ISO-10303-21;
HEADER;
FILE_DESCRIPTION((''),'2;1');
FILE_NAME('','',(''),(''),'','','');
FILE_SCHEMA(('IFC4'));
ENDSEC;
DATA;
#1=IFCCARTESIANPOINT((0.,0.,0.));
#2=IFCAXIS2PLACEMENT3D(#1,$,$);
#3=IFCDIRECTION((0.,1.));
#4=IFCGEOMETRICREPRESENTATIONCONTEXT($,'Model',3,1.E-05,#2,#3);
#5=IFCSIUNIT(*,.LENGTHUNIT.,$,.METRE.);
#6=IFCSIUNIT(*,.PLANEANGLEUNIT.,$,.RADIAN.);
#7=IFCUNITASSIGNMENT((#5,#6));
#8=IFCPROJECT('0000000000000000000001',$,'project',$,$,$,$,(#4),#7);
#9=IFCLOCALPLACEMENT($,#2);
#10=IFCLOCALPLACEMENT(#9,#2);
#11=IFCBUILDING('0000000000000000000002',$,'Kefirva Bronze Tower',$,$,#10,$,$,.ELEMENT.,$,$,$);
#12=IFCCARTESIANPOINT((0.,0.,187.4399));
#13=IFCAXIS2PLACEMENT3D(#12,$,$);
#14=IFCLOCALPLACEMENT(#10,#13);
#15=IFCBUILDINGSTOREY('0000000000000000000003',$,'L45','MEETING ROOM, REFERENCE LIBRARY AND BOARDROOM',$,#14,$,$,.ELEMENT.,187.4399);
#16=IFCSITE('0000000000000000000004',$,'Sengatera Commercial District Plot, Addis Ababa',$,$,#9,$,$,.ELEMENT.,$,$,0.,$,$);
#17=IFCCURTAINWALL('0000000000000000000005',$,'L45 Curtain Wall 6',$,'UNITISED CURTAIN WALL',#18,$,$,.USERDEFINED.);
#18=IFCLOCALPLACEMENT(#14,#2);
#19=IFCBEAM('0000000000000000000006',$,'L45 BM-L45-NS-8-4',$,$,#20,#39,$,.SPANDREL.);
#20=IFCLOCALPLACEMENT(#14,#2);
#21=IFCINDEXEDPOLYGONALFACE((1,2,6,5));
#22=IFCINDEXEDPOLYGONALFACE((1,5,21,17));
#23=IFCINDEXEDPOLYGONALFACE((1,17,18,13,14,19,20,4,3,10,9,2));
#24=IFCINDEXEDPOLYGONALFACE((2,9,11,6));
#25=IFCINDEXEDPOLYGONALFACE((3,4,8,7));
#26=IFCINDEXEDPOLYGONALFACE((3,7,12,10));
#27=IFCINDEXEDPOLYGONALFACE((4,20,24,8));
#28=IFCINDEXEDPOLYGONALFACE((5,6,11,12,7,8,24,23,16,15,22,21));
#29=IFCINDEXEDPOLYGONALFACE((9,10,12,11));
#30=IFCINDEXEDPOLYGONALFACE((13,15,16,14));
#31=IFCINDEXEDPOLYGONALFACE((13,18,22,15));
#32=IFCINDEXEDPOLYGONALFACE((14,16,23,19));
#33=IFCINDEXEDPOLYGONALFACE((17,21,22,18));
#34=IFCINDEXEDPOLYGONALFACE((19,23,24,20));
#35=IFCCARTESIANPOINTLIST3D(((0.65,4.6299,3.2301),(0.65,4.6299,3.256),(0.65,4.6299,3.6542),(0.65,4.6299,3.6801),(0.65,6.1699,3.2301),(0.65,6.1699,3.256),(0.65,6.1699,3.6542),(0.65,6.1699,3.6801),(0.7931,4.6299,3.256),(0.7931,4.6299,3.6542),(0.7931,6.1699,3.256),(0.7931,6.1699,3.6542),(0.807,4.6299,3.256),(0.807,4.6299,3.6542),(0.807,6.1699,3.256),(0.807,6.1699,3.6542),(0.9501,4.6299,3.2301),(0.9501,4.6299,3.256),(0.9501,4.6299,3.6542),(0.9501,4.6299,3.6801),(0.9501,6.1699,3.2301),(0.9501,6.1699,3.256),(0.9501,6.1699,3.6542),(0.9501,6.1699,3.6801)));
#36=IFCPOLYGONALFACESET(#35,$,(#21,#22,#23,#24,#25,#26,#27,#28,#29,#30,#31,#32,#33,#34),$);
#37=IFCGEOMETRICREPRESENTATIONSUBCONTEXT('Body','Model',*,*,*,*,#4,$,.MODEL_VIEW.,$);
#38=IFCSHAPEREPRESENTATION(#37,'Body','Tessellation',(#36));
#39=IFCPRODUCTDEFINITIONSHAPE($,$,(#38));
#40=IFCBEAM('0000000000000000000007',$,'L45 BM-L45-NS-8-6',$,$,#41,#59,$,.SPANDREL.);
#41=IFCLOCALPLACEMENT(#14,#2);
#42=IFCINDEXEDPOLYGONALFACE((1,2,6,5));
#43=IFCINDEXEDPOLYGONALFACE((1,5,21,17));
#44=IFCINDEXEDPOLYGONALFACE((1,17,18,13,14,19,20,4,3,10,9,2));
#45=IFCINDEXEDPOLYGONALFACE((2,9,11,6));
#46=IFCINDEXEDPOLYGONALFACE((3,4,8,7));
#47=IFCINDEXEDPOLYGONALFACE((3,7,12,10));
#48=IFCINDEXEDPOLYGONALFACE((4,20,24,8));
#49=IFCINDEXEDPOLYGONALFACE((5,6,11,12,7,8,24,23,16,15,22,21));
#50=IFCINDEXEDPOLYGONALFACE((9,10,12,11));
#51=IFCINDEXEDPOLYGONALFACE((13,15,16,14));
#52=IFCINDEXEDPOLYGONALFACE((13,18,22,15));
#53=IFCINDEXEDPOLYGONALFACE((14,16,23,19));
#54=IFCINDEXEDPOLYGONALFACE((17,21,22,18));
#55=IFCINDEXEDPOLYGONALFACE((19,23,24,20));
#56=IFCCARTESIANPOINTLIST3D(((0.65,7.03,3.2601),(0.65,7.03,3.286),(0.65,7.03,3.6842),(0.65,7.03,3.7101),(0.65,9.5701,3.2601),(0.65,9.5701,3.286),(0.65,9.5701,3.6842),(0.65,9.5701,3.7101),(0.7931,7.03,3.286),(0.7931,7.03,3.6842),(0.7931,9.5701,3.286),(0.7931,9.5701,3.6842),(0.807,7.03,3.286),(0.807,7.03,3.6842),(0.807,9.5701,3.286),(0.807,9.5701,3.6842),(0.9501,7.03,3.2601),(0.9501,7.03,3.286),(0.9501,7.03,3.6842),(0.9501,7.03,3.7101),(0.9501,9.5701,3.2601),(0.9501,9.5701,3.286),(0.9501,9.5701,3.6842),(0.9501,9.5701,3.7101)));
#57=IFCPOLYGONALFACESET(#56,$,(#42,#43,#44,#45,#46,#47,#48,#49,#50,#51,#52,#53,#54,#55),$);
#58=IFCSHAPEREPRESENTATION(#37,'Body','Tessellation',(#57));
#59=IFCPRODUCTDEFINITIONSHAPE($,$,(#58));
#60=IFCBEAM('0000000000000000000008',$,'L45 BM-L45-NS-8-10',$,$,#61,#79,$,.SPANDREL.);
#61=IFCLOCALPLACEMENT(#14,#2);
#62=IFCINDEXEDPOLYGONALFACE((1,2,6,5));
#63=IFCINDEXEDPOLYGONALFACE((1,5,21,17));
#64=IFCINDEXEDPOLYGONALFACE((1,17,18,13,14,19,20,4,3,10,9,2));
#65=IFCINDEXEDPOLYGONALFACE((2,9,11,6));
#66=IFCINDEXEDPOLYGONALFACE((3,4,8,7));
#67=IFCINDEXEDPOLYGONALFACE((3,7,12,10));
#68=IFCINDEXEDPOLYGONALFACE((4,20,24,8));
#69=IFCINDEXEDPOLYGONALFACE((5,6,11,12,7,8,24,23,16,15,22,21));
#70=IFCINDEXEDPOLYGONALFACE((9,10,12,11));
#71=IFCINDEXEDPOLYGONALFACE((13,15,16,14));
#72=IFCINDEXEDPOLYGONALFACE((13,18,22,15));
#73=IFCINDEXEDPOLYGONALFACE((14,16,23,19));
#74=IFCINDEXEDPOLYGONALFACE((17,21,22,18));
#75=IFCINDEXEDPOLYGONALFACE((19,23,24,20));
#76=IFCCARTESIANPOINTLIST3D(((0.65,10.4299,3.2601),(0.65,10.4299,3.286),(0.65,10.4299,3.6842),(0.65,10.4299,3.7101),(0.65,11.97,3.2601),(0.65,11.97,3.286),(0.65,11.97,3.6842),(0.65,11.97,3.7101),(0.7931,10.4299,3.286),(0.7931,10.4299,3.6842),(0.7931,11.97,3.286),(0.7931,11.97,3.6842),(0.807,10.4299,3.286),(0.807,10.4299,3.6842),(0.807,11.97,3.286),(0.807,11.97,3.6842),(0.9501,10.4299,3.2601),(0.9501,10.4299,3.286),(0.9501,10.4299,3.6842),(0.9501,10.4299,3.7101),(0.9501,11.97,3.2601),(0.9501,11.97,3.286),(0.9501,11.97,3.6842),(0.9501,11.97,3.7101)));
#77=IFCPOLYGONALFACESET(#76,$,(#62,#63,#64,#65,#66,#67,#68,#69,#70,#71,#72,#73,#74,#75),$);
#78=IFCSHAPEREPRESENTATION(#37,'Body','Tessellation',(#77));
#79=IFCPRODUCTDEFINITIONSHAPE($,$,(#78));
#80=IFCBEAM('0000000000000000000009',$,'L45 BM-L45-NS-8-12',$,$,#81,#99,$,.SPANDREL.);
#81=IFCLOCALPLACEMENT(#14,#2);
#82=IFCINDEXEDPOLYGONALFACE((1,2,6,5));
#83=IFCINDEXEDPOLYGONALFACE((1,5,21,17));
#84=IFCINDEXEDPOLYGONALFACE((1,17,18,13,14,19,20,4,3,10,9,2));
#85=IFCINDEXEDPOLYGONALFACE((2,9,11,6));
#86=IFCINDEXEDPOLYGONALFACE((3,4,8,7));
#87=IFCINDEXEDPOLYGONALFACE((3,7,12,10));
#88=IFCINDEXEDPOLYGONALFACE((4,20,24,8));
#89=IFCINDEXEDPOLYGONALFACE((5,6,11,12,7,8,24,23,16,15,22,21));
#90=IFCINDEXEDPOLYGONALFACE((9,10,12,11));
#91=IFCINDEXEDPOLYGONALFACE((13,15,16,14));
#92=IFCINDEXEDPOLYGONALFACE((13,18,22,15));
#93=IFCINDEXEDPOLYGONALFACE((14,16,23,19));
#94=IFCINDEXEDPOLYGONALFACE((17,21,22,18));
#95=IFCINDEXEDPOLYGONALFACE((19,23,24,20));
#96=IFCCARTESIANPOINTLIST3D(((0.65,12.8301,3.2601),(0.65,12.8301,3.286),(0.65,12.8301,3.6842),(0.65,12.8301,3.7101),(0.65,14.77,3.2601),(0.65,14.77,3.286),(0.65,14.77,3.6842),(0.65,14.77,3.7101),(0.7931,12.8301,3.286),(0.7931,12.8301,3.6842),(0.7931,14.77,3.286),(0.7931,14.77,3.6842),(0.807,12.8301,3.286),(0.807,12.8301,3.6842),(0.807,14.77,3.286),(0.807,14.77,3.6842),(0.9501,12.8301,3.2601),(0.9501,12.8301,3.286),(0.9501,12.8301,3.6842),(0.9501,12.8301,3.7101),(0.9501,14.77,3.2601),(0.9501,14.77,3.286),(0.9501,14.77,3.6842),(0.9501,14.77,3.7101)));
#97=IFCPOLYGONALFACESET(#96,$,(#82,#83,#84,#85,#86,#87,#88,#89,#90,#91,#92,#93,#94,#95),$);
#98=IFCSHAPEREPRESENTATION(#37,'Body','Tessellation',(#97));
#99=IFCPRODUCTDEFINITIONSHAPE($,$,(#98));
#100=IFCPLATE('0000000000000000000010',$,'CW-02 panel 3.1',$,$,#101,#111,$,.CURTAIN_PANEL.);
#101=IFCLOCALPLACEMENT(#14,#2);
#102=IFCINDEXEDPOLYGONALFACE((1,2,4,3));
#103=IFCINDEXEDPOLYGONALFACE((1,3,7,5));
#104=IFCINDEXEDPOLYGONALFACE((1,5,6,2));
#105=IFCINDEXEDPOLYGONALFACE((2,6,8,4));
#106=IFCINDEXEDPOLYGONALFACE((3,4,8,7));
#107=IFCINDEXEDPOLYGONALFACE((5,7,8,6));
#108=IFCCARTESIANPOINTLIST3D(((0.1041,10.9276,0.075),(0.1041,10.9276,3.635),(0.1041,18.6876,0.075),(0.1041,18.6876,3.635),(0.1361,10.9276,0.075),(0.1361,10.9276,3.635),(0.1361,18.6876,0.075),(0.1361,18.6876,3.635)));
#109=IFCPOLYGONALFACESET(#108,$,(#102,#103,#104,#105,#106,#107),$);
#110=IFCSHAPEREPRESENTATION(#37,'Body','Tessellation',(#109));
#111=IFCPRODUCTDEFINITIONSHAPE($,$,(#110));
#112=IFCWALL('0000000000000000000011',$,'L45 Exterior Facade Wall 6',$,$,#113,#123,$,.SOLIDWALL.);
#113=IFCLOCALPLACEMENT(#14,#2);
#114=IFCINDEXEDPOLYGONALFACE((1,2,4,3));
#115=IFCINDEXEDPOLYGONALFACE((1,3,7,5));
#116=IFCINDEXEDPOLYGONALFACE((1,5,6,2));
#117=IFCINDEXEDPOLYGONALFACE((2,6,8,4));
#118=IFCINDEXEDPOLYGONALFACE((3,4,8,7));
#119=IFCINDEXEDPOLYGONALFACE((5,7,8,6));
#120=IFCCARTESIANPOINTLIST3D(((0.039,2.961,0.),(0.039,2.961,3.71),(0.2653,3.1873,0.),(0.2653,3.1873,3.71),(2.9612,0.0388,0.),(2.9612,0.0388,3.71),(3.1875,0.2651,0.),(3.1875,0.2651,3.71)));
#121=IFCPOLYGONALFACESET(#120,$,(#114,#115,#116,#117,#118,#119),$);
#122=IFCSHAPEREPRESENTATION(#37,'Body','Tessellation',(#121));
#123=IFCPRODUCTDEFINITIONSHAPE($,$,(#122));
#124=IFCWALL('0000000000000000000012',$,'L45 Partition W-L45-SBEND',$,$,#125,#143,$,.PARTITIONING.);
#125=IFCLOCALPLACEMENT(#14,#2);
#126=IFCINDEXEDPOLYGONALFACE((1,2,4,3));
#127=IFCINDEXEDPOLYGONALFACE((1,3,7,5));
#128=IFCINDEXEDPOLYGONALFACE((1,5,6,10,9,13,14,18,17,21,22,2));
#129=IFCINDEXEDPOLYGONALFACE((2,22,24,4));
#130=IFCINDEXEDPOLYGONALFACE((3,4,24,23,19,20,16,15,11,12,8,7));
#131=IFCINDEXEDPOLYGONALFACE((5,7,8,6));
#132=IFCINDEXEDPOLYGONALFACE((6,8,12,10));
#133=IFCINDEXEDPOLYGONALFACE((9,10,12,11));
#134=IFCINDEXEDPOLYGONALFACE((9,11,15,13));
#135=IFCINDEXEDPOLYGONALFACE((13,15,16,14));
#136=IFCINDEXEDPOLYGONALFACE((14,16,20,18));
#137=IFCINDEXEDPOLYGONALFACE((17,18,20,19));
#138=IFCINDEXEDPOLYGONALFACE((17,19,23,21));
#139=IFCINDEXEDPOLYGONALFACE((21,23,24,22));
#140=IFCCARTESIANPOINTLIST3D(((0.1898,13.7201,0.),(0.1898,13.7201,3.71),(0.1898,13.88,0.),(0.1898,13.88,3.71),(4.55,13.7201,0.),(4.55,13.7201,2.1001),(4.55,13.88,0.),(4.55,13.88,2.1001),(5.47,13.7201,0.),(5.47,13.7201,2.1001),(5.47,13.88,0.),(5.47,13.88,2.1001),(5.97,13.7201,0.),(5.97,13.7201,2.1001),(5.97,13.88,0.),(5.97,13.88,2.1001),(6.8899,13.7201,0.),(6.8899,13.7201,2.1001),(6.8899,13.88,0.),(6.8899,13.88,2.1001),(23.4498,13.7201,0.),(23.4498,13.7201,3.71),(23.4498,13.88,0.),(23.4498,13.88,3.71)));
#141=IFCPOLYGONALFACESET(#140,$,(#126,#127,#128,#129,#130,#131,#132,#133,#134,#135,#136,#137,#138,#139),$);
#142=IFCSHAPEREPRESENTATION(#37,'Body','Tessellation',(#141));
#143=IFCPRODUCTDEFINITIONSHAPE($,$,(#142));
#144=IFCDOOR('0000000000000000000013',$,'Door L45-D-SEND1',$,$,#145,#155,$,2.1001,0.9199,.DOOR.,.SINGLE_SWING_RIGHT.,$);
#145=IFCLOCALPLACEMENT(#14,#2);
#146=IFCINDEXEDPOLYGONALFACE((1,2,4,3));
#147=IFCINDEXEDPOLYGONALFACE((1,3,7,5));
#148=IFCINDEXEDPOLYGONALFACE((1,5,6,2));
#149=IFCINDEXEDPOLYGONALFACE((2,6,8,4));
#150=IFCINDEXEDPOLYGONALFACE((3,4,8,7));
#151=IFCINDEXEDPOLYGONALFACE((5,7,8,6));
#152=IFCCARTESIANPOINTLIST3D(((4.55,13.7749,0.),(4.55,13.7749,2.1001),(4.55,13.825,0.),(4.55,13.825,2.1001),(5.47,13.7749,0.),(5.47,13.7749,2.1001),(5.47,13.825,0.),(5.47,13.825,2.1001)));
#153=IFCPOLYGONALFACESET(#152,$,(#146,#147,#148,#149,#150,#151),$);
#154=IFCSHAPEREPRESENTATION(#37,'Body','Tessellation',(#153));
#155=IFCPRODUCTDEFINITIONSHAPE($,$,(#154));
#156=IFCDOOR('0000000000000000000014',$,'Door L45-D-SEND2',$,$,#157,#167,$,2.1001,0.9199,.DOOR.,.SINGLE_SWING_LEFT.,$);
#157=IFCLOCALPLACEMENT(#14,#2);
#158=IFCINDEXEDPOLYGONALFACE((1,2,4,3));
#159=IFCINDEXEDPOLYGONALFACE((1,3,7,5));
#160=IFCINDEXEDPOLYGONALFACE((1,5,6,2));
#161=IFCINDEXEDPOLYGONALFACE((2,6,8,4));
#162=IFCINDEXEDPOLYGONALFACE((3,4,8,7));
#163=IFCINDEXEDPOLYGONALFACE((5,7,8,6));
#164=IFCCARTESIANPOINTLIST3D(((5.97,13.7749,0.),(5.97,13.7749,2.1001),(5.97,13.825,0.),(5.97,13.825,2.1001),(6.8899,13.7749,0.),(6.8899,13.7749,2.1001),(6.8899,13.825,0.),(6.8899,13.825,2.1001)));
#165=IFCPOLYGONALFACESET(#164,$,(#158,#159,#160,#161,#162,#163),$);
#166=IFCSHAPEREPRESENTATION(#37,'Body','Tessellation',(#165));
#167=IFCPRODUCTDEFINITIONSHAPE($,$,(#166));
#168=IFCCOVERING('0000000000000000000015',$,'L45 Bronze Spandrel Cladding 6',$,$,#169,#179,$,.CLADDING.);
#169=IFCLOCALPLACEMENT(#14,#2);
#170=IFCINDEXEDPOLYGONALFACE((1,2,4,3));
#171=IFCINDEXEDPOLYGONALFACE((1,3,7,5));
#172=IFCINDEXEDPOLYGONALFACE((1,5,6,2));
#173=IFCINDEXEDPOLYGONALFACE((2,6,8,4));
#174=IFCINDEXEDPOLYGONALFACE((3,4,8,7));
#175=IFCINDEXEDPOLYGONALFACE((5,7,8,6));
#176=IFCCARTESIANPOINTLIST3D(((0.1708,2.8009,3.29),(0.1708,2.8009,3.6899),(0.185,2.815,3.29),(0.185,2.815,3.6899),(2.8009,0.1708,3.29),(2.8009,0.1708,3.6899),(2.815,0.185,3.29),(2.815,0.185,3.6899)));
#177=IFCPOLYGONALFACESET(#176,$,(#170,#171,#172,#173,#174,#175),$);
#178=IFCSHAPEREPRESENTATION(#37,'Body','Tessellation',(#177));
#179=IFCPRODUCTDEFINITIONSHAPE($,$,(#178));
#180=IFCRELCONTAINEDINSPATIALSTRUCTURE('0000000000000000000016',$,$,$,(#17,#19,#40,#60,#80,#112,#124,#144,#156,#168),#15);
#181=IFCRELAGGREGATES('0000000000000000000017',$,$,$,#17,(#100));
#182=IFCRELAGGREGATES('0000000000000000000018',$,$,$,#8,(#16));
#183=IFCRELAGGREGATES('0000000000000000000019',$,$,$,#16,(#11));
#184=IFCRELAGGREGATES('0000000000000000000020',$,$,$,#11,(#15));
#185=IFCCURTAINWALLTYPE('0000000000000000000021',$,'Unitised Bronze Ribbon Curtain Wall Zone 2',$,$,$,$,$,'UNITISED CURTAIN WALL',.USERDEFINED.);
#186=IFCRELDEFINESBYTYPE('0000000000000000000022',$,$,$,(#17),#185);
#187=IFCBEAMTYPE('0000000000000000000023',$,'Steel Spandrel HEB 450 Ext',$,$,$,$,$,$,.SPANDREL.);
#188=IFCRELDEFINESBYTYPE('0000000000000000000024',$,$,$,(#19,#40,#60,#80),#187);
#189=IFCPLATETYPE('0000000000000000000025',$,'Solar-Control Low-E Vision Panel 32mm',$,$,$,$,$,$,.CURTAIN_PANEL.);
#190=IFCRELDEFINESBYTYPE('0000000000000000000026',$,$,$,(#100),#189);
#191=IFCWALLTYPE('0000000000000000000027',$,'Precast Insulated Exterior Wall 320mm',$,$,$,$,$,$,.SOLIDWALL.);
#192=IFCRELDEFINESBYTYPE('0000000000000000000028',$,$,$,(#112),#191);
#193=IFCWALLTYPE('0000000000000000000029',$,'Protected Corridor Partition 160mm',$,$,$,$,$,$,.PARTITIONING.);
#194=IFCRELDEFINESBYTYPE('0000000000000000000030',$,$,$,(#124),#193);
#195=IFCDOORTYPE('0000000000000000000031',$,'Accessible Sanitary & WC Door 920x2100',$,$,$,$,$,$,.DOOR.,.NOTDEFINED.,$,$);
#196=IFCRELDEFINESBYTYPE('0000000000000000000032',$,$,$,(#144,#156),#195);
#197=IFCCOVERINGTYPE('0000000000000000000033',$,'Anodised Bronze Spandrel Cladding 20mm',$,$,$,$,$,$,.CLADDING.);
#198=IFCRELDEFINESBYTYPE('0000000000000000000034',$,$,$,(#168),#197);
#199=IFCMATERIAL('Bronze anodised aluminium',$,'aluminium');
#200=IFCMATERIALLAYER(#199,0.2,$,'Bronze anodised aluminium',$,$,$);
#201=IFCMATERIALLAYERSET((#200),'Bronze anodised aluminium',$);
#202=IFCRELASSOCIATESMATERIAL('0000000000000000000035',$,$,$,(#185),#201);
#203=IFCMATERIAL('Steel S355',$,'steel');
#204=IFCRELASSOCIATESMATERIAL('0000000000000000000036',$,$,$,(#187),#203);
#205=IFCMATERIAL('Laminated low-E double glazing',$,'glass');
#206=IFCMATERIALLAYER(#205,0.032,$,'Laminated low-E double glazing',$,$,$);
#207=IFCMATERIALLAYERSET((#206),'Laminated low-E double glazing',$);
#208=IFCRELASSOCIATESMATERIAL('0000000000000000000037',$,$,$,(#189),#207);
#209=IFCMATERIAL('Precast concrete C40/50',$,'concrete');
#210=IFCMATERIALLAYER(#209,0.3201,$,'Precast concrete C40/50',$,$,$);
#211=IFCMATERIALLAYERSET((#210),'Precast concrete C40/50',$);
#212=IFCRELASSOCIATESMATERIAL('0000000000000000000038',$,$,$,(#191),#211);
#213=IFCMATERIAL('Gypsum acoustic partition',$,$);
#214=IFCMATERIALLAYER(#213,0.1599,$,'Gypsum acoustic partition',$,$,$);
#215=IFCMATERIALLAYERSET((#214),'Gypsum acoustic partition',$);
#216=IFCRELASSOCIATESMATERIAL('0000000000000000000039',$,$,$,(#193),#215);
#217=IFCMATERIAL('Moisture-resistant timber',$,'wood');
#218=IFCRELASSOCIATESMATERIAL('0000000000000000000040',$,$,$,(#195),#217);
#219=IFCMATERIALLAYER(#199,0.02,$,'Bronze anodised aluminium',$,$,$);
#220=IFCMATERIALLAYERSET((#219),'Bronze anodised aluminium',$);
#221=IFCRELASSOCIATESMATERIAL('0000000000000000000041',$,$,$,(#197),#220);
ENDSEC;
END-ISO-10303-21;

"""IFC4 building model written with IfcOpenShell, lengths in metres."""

from ifc_helpers import new_model, si_unit, direction, frame, frame_2d, origin, origin_2d, place, context, subcontext, project, spatial, rectangle, i_section, extrude, material, layer, layer_set, material_profile, profile_set, type_object, element, fill, aggregate, save


model = new_model("IFC4")

# Units and contexts
model_context = context("Model", 3, precision=1e-05, world=origin(), true_north=direction((0.0, 1.0)))
body_context = subcontext(model_context, "Body", "Model", "MODEL_VIEW")
ifc_project = project(units=[si_unit("LENGTHUNIT", "METRE"), si_unit("PLANEANGLEUNIT", "RADIAN")], contexts=[model_context])

# Site, building, storey
site_placement = place(None, origin())
site = spatial("IfcSite", under=ifc_project, at=site_placement, Name="Sengatera Commercial District Plot, Addis Ababa", CompositionType="ELEMENT", RefElevation=0.0)
building_placement = place(site_placement, origin())
building = spatial("IfcBuilding", under=site, at=building_placement, Name="Kefirva Bronze Tower", CompositionType="ELEMENT")
storey_placement = place(building_placement, frame((0.0, 0.0, 187.4399)))
storey = spatial("IfcBuildingStorey", under=building, at=storey_placement, Name="L45", Description="MEETING ROOM, REFERENCE LIBRARY AND BOARDROOM", CompositionType="ELEMENT", Elevation=187.4399)

# Curtain wall
ifc_material_1 = material(Name="Bronze anodised aluminium", Category="aluminium")
ifc_layer_1 = layer(ifc_material_1, 0.2, Name="Bronze anodised aluminium")
ifc_layer_set_1 = layer_set([ifc_layer_1], Name="Bronze anodised aluminium")
curtain_wall_type = type_object("IfcCurtainWallType", Name="Unitised Bronze Ribbon Curtain Wall Zone 2", ElementType="UNITISED CURTAIN WALL", PredefinedType="USERDEFINED", material=ifc_layer_set_1)
curtain_wall_placement = place(storey_placement, origin())
curtain_wall = element("IfcCurtainWall", 1, at=curtain_wall_placement, inside=storey, type_object=curtain_wall_type, Name="L45 Curtain Wall 6", ObjectType="UNITISED CURTAIN WALL", PredefinedType="USERDEFINED")

# Beams
ifc_material_2 = material(Name="Steel S355", Category="steel")
ifc_material_profile_1 = material_profile(ifc_material_2, i_section(OverallWidth=0.3, OverallDepth=0.45, WebThickness=0.0139, FlangeThickness=0.0259, at=origin_2d()), Name="HEB 450")
ifc_profile_set_1 = profile_set([ifc_material_profile_1], Name="Steel S355")
beam_type_1 = type_object("IfcBeamType", Name="Steel Spandrel HEB 450 Ext", PredefinedType="SPANDREL", material=ifc_profile_set_1)
beam_1_placement = place(storey_placement, frame((0.8, 4.6299, 3.4551), z_axis=(0.0, 1.0, 0.0), x_axis=(-1.0, 0.0, 0.0)))
element("IfcBeam", 2, at=beam_1_placement, inside=storey, type_object=beam_type_1, Name="L45 BM-L45-NS-8-4", PredefinedType="SPANDREL", context=body_context, shape_type="SweptSolid", body=[
    extrude(i_section(OverallWidth=0.3, OverallDepth=0.45, WebThickness=0.0139, FlangeThickness=0.0259, at=origin_2d()), origin(), (0.0, 0.0, 1.0), 1.54),
])
beam_2_placement = place(storey_placement, frame((0.8, 7.03, 3.4851), z_axis=(0.0, 1.0, 0.0), x_axis=(-1.0, 0.0, 0.0)))
element("IfcBeam", 3, at=beam_2_placement, inside=storey, type_object=beam_type_1, Name="L45 BM-L45-NS-8-6", PredefinedType="SPANDREL", context=body_context, shape_type="SweptSolid", body=[
    extrude(i_section(OverallWidth=0.3, OverallDepth=0.45, WebThickness=0.0139, FlangeThickness=0.0259, at=origin_2d()), origin(), (0.0, 0.0, 1.0), 2.54),
])
beam_3_placement = place(storey_placement, frame((0.8, 10.4299, 3.4851), z_axis=(0.0, 1.0, 0.0), x_axis=(-1.0, 0.0, 0.0)))
element("IfcBeam", 4, at=beam_3_placement, inside=storey, type_object=beam_type_1, Name="L45 BM-L45-NS-8-10", PredefinedType="SPANDREL", context=body_context, shape_type="SweptSolid", body=[
    extrude(i_section(OverallWidth=0.3, OverallDepth=0.45, WebThickness=0.0139, FlangeThickness=0.0259, at=origin_2d()), origin(), (0.0, 0.0, 1.0), 1.54),
])
beam_4_placement = place(storey_placement, frame((0.8, 12.8301, 3.4851), z_axis=(0.0, 1.0, 0.0), x_axis=(-1.0, 0.0, 0.0)))
element("IfcBeam", 5, at=beam_4_placement, inside=storey, type_object=beam_type_1, Name="L45 BM-L45-NS-8-12", PredefinedType="SPANDREL", context=body_context, shape_type="SweptSolid", body=[
    extrude(i_section(OverallWidth=0.3, OverallDepth=0.45, WebThickness=0.0139, FlangeThickness=0.0259, at=origin_2d()), origin(), (0.0, 0.0, 1.0), 1.9399),
])

# Plate
ifc_material_3 = material(Name="Laminated low-E double glazing", Category="glass")
ifc_layer_2 = layer(ifc_material_3, 0.032, Name="Laminated low-E double glazing")
ifc_layer_set_2 = layer_set([ifc_layer_2], Name="Laminated low-E double glazing")
plate_type = type_object("IfcPlateType", Name="Solar-Control Low-E Vision Panel 32mm", PredefinedType="CURTAIN_PANEL", material=ifc_layer_set_2)
plate_placement = place(storey_placement, frame((0.1201, 14.8076, 0.075), z_axis=(0.0, 0.0, 1.0), x_axis=(0.0, -1.0, 0.0)))
plate = element("IfcPlate", 6, at=plate_placement, type_object=plate_type, Name="CW-02 panel 3.1", PredefinedType="CURTAIN_PANEL", context=body_context, shape_type="SweptSolid", body=[
    extrude(rectangle(XDim=7.76, YDim=0.032, at=origin_2d()), origin(), (0.0, 0.0, 1.0), 3.5601),
])
aggregate(curtain_wall, [plate])

# Wall
ifc_material_4 = material(Name="Precast concrete C40/50", Category="concrete")
ifc_layer_3 = layer(ifc_material_4, 0.3201, Name="Precast concrete C40/50")
ifc_layer_set_3 = layer_set([ifc_layer_3], Name="Precast concrete C40/50")
wall_type_1 = type_object("IfcWallType", Name="Precast Insulated Exterior Wall 320mm", PredefinedType="SOLIDWALL", material=ifc_layer_set_3)
wall_1_placement = place(storey_placement, frame((0.1521, 3.0742, 0.0), z_axis=(0.0, 0.0, 1.0), x_axis=(0.707107, -0.707107, 0.0)))
element("IfcWall", 7, at=wall_1_placement, inside=storey, type_object=wall_type_1, Name="L45 Exterior Facade Wall 6", PredefinedType="SOLIDWALL", context=body_context, shape_type="SweptSolid", body=[
    extrude(rectangle(XDim=4.1326, YDim=0.3201, at=frame_2d((2.0664, 0.0))), origin(), (0.0, 0.0, 1.0), 3.71),
])

# Wall, openings, doors
ifc_material_5 = material(Name="Gypsum acoustic partition")
ifc_layer_4 = layer(ifc_material_5, 0.1599, Name="Gypsum acoustic partition")
ifc_layer_set_4 = layer_set([ifc_layer_4], Name="Gypsum acoustic partition")
wall_type_2 = type_object("IfcWallType", Name="Protected Corridor Partition 160mm", PredefinedType="PARTITIONING", material=ifc_layer_set_4)
wall_2_placement = place(storey_placement, frame((0.1899, 13.8, 0.0), z_axis=(0.0, 0.0, 1.0), x_axis=(1.0, 0.0, 0.0)))
wall_2 = element("IfcWall", 8, at=wall_2_placement, inside=storey, type_object=wall_type_2, Name="L45 Partition W-L45-SBEND", PredefinedType="PARTITIONING", context=body_context, shape_type="SweptSolid", body=[
    extrude(rectangle(XDim=23.26, YDim=0.1599, at=frame_2d((11.6299, 0.0))), origin(), (0.0, 0.0, 1.0), 3.71),
])
opening_1_placement = place(wall_2_placement, frame((4.3601, 0.0, 0.0)))
opening_1 = element("IfcOpeningElement", 9, at=opening_1_placement, cuts=wall_2, PredefinedType="OPENING", context=body_context, shape_type="SweptSolid", body=[
    extrude(rectangle(XDim=0.9199, YDim=2.1001, at=frame_2d((0.46, 1.05))), frame((0.0, 0.0898, 0.0), z_axis=(0.0, -1.0, 0.0), x_axis=(1.0, 0.0, 0.0)), (0.0, 0.0, 1.0), 0.1799),
])
opening_2_placement = place(wall_2_placement, frame((5.78, 0.0, 0.0)))
opening_2 = element("IfcOpeningElement", 10, at=opening_2_placement, cuts=wall_2, PredefinedType="OPENING", context=body_context, shape_type="SweptSolid", body=[
    extrude(rectangle(XDim=0.9199, YDim=2.1001, at=frame_2d((0.46, 1.05))), frame((0.0, 0.0898, 0.0), z_axis=(0.0, -1.0, 0.0), x_axis=(1.0, 0.0, 0.0)), (0.0, 0.0, 1.0), 0.1799),
])
ifc_material_6 = material(Name="Moisture-resistant timber", Category="wood")
door_type = type_object("IfcDoorType", Name="Accessible Sanitary & WC Door 920x2100", OperationType="NOTDEFINED", PredefinedType="DOOR", material=ifc_material_6)
door_1_placement = place(opening_1_placement, origin())
door_1 = element("IfcDoor", 11, at=door_1_placement, inside=storey, type_object=door_type, Name="Door L45-D-SEND1", OperationType="SINGLE_SWING_RIGHT", OverallHeight=2.1001, OverallWidth=0.9199, PredefinedType="DOOR", context=body_context, shape_type="SweptSolid", body=[
    extrude(rectangle(XDim=0.9199, YDim=2.1001, at=frame_2d((0.46, 1.05))), frame((0.0, 0.0249, 0.0), z_axis=(0.0, -1.0, 0.0), x_axis=(1.0, 0.0, 0.0)), (0.0, 0.0, 1.0), 0.05),
])
fill(opening_1, door_1)
door_2_placement = place(opening_2_placement, origin())
door_2 = element("IfcDoor", 12, at=door_2_placement, inside=storey, type_object=door_type, Name="Door L45-D-SEND2", OperationType="SINGLE_SWING_LEFT", OverallHeight=2.1001, OverallWidth=0.9199, PredefinedType="DOOR", context=body_context, shape_type="SweptSolid", body=[
    extrude(rectangle(XDim=0.9199, YDim=2.1001, at=frame_2d((0.46, 1.05))), frame((0.0, 0.0249, 0.0), z_axis=(0.0, -1.0, 0.0), x_axis=(1.0, 0.0, 0.0)), (0.0, 0.0, 1.0), 0.05),
])
fill(opening_2, door_2)

# Covering
ifc_layer_5 = layer(ifc_material_1, 0.02, Name="Bronze anodised aluminium")
ifc_layer_set_5 = layer_set([ifc_layer_5], Name="Bronze anodised aluminium")
covering_type_1 = type_object("IfcCoveringType", Name="Anodised Bronze Spandrel Cladding 20mm", PredefinedType="CLADDING", material=ifc_layer_set_5)
covering_1_placement = place(storey_placement, frame((1.4929, 1.4929, 3.29), z_axis=(0.0, 0.0, 1.0), x_axis=(0.707107, -0.707107, 0.0)))
element("IfcCovering", 13, at=covering_1_placement, inside=storey, type_object=covering_type_1, Name="L45 Bronze Spandrel Cladding 6", PredefinedType="CLADDING", context=body_context, shape_type="SweptSolid", body=[
    extrude(rectangle(XDim=3.7195, YDim=0.02, at=origin_2d()), origin(), (0.0, 0.0, 1.0), 0.3999),
])

save(model, "model.ifc")
